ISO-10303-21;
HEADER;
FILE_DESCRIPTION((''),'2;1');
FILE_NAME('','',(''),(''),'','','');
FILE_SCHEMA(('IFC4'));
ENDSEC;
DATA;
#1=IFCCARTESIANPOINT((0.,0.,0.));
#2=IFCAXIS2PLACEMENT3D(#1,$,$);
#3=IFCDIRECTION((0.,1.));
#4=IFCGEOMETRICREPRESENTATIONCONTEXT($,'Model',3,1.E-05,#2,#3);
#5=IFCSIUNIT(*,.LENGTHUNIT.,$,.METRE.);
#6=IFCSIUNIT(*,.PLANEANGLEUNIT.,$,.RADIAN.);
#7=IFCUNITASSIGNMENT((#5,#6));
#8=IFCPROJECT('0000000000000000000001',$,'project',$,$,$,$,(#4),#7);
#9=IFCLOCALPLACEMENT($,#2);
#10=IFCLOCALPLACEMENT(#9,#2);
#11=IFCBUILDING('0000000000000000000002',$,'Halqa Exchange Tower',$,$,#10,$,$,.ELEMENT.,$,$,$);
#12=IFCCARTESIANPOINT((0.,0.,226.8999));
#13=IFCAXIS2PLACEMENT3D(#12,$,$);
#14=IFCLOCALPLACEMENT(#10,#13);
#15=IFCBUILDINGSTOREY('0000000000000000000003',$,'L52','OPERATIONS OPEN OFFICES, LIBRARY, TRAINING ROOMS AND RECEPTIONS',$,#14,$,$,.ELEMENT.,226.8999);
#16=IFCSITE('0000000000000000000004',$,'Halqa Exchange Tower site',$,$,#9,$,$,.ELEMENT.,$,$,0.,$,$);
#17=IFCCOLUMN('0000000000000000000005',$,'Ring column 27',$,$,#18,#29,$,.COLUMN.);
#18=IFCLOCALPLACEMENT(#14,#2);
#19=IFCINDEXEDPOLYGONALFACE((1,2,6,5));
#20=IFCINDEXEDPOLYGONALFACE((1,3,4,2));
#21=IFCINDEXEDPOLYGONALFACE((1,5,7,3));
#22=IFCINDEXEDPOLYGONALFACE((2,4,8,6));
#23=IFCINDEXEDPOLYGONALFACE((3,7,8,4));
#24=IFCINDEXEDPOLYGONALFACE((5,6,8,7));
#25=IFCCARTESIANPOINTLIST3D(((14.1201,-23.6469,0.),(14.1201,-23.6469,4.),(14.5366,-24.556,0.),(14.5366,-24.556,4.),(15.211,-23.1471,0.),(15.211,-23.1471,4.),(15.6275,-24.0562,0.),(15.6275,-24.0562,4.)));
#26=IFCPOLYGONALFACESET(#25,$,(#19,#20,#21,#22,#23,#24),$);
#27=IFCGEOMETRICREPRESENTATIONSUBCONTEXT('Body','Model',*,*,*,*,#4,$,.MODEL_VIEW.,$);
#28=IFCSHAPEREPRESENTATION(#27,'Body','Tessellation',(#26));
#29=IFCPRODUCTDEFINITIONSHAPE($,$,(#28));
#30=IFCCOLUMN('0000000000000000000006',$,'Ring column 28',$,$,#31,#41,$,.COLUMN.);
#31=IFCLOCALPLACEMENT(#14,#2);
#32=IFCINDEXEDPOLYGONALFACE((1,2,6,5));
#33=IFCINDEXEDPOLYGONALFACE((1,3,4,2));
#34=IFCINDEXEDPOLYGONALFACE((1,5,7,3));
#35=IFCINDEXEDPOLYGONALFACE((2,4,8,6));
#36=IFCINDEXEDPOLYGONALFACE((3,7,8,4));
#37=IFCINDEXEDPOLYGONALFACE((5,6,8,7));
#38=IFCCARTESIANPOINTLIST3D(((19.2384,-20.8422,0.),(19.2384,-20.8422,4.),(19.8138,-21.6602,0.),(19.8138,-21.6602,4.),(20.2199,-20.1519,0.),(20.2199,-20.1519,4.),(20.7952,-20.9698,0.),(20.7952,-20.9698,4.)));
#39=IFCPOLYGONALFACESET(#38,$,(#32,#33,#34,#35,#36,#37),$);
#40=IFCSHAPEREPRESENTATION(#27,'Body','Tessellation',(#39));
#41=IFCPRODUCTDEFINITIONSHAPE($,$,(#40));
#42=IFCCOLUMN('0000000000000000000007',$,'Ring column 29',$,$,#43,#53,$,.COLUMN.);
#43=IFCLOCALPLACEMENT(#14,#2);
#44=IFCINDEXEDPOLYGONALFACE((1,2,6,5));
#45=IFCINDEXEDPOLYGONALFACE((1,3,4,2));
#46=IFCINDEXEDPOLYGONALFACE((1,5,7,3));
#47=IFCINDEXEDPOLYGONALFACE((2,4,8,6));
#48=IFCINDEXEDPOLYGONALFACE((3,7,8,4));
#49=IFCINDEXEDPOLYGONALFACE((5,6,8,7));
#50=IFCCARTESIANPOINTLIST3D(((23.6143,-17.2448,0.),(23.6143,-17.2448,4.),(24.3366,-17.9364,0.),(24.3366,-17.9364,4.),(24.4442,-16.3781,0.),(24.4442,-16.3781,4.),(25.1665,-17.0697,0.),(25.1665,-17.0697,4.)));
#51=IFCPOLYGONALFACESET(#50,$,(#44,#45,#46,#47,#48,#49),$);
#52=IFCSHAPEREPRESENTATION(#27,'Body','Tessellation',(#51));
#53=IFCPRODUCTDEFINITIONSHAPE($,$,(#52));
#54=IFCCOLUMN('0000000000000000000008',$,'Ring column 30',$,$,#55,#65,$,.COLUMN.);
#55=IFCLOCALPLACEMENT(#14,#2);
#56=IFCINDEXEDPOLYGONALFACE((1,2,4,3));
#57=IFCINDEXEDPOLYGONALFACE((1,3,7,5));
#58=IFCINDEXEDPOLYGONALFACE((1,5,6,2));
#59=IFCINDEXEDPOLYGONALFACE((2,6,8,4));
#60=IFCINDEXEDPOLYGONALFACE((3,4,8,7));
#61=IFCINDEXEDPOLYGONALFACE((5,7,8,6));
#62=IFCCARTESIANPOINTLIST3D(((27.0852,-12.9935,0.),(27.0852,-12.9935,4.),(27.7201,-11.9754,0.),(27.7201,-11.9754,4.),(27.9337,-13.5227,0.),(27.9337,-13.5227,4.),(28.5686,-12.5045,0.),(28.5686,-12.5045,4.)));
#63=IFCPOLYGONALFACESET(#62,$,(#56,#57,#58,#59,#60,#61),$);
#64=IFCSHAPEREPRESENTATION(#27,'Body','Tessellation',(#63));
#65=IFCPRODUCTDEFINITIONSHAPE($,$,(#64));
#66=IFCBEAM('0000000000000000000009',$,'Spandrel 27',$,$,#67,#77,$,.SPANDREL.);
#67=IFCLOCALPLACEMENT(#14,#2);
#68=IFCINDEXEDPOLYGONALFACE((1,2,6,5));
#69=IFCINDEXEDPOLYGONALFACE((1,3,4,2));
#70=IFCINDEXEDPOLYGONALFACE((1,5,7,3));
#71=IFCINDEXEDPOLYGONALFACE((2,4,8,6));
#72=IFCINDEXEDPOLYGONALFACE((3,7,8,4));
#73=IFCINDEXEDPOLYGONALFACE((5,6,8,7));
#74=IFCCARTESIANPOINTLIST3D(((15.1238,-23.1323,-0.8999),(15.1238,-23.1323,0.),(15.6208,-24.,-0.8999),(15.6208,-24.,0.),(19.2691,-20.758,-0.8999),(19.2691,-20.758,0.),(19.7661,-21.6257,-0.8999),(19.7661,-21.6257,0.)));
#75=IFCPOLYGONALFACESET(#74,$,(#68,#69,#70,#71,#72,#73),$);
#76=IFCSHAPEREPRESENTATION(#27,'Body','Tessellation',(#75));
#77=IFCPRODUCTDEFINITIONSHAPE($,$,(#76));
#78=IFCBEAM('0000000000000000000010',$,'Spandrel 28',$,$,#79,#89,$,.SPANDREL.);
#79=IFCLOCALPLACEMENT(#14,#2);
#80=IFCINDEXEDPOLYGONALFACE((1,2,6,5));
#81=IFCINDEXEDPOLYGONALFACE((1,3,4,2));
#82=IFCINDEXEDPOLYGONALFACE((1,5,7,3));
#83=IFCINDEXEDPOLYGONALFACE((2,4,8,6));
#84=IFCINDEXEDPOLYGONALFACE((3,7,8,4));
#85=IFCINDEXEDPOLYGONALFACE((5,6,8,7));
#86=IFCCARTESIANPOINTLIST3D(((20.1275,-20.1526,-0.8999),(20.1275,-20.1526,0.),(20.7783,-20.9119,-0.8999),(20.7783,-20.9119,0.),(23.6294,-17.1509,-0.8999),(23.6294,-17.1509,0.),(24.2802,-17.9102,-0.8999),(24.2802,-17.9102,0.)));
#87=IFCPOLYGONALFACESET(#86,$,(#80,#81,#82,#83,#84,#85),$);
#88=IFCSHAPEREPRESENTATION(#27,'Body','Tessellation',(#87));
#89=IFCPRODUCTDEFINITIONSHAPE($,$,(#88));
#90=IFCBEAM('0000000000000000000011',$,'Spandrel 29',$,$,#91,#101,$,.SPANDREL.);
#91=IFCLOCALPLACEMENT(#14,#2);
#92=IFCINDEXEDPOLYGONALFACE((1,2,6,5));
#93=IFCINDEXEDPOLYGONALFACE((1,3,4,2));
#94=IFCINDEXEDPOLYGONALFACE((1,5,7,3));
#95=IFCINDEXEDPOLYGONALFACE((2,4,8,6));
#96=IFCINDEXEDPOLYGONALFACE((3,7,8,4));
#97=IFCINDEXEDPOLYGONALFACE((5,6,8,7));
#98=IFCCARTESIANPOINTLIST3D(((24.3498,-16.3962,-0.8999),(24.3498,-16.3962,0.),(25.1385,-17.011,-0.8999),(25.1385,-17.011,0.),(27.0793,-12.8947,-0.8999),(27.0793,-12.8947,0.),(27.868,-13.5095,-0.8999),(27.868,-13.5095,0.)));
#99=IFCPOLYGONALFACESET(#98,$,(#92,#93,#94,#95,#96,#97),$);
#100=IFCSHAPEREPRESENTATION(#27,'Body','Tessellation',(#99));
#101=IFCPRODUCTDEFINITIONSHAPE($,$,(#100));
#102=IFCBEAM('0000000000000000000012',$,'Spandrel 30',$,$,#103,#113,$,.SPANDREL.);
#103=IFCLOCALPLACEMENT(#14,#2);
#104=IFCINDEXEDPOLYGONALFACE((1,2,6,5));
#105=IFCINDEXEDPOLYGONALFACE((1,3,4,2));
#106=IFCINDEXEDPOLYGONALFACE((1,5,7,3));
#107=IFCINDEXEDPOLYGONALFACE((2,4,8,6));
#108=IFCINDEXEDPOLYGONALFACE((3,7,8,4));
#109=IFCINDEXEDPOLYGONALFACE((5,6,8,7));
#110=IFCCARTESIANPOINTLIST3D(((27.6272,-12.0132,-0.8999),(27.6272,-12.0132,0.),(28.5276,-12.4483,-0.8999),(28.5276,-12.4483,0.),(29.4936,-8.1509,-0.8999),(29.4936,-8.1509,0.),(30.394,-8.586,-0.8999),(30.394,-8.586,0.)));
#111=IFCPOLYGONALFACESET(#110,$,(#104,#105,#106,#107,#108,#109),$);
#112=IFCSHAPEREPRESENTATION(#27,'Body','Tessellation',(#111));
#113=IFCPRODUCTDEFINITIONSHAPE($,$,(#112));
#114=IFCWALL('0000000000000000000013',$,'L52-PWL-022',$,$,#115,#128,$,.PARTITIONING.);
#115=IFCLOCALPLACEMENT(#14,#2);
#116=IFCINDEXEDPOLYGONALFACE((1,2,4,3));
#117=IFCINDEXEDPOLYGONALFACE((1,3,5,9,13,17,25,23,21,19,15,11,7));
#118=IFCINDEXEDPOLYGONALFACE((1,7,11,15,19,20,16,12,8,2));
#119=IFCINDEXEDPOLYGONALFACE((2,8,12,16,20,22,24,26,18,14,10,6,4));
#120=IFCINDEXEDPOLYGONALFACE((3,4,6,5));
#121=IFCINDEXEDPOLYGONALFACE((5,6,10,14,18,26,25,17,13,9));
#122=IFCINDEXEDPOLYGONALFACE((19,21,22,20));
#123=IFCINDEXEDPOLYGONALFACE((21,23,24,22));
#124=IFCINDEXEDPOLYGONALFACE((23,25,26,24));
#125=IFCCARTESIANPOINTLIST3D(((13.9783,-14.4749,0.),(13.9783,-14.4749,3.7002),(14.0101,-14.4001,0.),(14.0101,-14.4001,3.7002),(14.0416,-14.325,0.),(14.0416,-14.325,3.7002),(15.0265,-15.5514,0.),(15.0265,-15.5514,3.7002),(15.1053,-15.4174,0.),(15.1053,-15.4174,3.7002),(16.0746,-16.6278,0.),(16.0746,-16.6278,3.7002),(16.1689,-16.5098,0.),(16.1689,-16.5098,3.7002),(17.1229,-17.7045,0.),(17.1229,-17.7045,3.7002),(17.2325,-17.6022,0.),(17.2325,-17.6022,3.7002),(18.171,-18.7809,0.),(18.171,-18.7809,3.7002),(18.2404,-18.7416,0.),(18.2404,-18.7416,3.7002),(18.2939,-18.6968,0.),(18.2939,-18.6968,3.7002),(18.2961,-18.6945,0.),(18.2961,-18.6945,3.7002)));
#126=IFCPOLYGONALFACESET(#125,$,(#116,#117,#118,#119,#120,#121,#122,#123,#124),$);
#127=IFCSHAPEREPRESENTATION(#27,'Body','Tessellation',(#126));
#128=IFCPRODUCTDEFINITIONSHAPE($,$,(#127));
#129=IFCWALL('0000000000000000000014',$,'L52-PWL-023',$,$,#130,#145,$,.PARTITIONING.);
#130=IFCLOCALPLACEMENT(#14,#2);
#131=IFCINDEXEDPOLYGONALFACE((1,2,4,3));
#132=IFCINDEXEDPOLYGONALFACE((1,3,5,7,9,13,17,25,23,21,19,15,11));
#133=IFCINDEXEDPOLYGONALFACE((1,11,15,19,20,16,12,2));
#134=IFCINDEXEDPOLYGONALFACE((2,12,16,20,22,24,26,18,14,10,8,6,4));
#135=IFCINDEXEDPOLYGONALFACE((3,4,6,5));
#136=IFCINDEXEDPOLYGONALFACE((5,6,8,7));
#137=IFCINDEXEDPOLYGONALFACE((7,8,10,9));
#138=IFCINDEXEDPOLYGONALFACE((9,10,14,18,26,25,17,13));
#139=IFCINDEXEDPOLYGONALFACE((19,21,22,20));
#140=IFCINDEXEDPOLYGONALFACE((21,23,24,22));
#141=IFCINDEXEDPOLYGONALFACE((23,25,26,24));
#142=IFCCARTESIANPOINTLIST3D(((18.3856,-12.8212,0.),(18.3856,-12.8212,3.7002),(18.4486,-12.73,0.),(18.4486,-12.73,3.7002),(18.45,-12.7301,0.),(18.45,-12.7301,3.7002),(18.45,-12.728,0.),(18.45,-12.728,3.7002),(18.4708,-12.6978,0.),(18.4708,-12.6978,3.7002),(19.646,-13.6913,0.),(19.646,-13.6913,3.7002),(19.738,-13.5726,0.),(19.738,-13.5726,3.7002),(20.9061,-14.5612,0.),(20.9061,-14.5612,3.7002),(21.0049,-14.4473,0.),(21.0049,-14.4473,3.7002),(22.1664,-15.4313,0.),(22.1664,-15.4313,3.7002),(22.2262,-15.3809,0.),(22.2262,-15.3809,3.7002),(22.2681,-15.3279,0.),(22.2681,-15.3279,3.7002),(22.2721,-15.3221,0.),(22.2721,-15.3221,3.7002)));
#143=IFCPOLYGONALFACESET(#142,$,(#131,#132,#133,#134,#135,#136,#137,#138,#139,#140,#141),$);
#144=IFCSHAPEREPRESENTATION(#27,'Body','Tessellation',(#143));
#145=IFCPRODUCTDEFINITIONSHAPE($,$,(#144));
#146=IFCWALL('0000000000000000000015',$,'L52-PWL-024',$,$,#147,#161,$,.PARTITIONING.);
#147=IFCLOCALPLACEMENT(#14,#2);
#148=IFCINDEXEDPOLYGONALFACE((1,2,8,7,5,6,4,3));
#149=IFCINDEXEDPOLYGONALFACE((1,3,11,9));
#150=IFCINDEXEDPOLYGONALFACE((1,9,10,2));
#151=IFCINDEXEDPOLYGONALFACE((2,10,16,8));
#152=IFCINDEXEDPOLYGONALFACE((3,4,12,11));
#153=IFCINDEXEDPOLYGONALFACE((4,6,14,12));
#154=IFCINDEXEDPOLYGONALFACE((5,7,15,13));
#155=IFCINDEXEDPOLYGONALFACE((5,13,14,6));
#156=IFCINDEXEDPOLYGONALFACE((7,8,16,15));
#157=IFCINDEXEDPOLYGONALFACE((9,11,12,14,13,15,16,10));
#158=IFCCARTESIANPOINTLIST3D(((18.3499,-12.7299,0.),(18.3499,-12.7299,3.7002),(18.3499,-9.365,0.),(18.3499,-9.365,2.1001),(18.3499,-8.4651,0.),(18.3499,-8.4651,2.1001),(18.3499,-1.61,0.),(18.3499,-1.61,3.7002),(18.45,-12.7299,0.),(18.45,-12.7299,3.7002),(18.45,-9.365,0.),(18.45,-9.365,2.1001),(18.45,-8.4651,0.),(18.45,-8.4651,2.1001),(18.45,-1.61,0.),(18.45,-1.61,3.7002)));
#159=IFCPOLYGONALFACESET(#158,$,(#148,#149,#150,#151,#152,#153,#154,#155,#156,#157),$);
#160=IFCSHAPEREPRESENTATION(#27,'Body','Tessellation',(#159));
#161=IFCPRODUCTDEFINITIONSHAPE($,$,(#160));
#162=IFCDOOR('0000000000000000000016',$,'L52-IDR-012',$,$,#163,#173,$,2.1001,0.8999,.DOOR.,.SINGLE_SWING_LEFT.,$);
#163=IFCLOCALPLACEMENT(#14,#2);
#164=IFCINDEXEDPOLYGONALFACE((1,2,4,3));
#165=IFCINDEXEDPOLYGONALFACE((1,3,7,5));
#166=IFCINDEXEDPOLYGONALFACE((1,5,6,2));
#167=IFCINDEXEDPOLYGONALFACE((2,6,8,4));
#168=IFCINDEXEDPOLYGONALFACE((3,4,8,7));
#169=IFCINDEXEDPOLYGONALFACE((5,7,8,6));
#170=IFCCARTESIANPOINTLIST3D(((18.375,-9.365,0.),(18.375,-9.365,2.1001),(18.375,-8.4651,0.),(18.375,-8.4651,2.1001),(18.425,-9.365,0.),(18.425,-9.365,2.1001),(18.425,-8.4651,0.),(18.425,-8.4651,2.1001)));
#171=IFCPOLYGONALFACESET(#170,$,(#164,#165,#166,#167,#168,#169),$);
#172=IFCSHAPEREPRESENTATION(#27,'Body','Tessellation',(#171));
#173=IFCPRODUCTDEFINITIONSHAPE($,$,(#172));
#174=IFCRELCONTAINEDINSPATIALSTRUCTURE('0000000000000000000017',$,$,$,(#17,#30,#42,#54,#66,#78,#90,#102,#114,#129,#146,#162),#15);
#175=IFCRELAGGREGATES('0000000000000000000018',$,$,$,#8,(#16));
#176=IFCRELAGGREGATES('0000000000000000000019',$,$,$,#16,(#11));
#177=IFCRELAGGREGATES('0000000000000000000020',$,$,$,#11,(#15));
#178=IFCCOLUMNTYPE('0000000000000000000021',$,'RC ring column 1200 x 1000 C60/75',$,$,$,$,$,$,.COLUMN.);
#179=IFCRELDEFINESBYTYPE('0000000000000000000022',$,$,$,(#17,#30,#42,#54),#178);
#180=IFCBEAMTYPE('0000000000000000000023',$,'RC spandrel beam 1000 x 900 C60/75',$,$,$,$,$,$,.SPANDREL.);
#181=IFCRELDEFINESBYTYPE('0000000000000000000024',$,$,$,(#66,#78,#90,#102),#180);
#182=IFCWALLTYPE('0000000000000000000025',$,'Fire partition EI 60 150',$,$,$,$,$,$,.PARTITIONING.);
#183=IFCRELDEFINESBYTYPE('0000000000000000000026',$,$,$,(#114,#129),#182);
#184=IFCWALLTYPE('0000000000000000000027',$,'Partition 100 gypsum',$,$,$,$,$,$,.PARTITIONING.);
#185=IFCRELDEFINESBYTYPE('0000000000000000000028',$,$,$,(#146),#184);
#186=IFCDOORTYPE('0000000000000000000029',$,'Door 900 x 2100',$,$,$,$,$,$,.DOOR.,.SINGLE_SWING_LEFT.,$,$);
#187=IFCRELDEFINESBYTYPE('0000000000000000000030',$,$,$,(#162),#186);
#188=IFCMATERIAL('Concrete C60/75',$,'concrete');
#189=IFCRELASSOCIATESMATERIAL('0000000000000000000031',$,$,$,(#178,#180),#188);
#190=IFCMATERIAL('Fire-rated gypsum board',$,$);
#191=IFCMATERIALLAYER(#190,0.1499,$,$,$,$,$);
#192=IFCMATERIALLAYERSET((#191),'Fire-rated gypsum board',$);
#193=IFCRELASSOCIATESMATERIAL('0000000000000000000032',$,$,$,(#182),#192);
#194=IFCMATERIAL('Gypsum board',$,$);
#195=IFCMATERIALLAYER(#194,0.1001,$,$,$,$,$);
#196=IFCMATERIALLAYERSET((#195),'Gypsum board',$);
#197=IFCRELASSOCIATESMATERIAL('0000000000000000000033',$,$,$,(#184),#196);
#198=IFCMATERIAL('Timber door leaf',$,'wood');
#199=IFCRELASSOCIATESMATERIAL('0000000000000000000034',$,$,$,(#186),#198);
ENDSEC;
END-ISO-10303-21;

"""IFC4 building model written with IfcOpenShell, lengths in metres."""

from ifc_helpers import new_model, si_unit, direction, frame, frame_2d, origin, origin_2d, place, context, subcontext, project, spatial, polyline, rectangle, outline, extrude, material, layer, layer_set, material_profile, profile_set, type_object, element, fill, save


model = new_model("IFC4")

# Units and contexts
model_context = context("Model", 3, precision=1e-05, world=origin(), true_north=direction((0.0, 1.0)))
body_context = subcontext(model_context, "Body", "Model", "MODEL_VIEW")
ifc_project = project(units=[si_unit("LENGTHUNIT", "METRE"), si_unit("PLANEANGLEUNIT", "RADIAN")], contexts=[model_context])

# Site, building, storey
site_placement = place(None, origin())
site = spatial("IfcSite", under=ifc_project, at=site_placement, Name="Halqa Exchange Tower site", CompositionType="ELEMENT", RefElevation=0.0)
building_placement = place(site_placement, origin())
building = spatial("IfcBuilding", under=site, at=building_placement, Name="Halqa Exchange Tower", CompositionType="ELEMENT")
storey_placement = place(building_placement, frame((0.0, 0.0, 226.8999)))
storey = spatial("IfcBuildingStorey", under=building, at=storey_placement, Name="L52", Description="OPERATIONS OPEN OFFICES, LIBRARY, TRAINING ROOMS AND RECEPTIONS", CompositionType="ELEMENT", Elevation=226.8999)

# Columns
ifc_material_1 = material(Name="Concrete C60/75", Category="concrete")
ifc_material_profile_1 = material_profile(ifc_material_1, rectangle(XDim=1.2, YDim=1.0, at=origin_2d()), Name="1200 x 1000")
ifc_profile_set_1 = profile_set([ifc_material_profile_1], Name="Concrete C60/75")
column_type = type_object("IfcColumnType", Name="RC ring column 1200 x 1000 C60/75", PredefinedType="COLUMN", material=ifc_profile_set_1)
for number, where, z_axis, x_axis, name in (
    (1, (14.8738, -23.8516, 0.0), (0.0, 0.0, 1.0), (0.909129, 0.416516, 0.0), "Ring column 27"),
    (2, (20.0168, -20.906, 0.0), (0.0, 0.0, 1.0), (0.817909, 0.575348, 0.0), "Ring column 28"),
    (3, (24.3904, -17.1572, 0.0), (0.0, 0.0, 1.0), (0.691576, 0.722304, 0.0), "Ring column 29"),
    (4, (27.8269, -12.749, 0.0), (0.0, 0.0, 1.0), (0.529146, 0.848531, 0.0), "Ring column 30"),
):
    element("IfcColumn", number, at=place(storey_placement, frame(where, z_axis=z_axis, x_axis=x_axis)), inside=storey, type_object=column_type, Name=name, PredefinedType="COLUMN", context=body_context, shape_type="SweptSolid", body=[
        extrude(rectangle(XDim=1.2, YDim=1.0, at=origin_2d()), origin(), (0.0, 0.0, 1.0), 4.0),
    ])

# Beams
ifc_material_profile_2 = material_profile(ifc_material_1, rectangle(XDim=1.0, YDim=0.8999, at=origin_2d()), Name="1000 x 900")
ifc_profile_set_2 = profile_set([ifc_material_profile_2], Name="Concrete C60/75")
beam_type = type_object("IfcBeamType", Name="RC spandrel beam 1000 x 900 C60/75", PredefinedType="SPANDREL", material=ifc_profile_set_2)
beam_1_placement = place(storey_placement, frame((15.3723, -23.5662, -0.45), z_axis=(0.867743, 0.497014, 0.0), x_axis=(-0.497014, 0.867743, 0.0)))
element("IfcBeam", 5, at=beam_1_placement, inside=storey, type_object=beam_type, Name="Spandrel 27", PredefinedType="SPANDREL", context=body_context, shape_type="SweptSolid", body=[
    extrude(rectangle(XDim=1.0, YDim=0.8999, at=origin_2d()), origin(), (0.0, 0.0, 1.0), 4.7771),
])
beam_2_placement = place(storey_placement, frame((20.4529, -20.5322, -0.45), z_axis=(0.759253, 0.650796, 0.0), x_axis=(-0.650796, 0.759253, 0.0)))
element("IfcBeam", 6, at=beam_2_placement, inside=storey, type_object=beam_type, Name="Spandrel 28", PredefinedType="SPANDREL", context=body_context, shape_type="SweptSolid", body=[
    extrude(rectangle(XDim=1.0, YDim=0.8999, at=origin_2d()), origin(), (0.0, 0.0, 1.0), 4.6123),
])
beam_3_placement = place(storey_placement, frame((24.7441, -16.7036, -0.45), z_axis=(0.614801, 0.788683, 0.0), x_axis=(-0.788683, 0.614801, 0.0)))
element("IfcBeam", 7, at=beam_3_placement, inside=storey, type_object=beam_type, Name="Spandrel 29", PredefinedType="SPANDREL", context=body_context, shape_type="SweptSolid", body=[
    extrude(rectangle(XDim=1.0, YDim=0.8999, at=origin_2d()), origin(), (0.0, 0.0, 1.0), 4.4397),
])
beam_4_placement = place(storey_placement, frame((28.0774, -12.2307, -0.45), z_axis=(0.435107, 0.900379, 0.0), x_axis=(-0.900379, 0.435107, 0.0)))
element("IfcBeam", 8, at=beam_4_placement, inside=storey, type_object=beam_type, Name="Spandrel 30", PredefinedType="SPANDREL", context=body_context, shape_type="SweptSolid", body=[
    extrude(rectangle(XDim=1.0, YDim=0.8999, at=origin_2d()), origin(), (0.0, 0.0, 1.0), 4.2896),
])

# Walls
ifc_material_2 = material(Name="Fire-rated gypsum board")
ifc_layer_1 = layer(ifc_material_2, 0.1499)
ifc_layer_set_1 = layer_set([ifc_layer_1], Name="Fire-rated gypsum board")
wall_type_1 = type_object("IfcWallType", Name="Fire partition EI 60 150", PredefinedType="PARTITIONING", material=ifc_layer_set_1)
wall_1_placement = place(storey_placement, frame((18.2424, -18.7468, 0.0), z_axis=(0.0, 0.0, 1.0), x_axis=(-0.697617, 0.716471, 0.0)))
element("IfcWall", 9, at=wall_1_placement, inside=storey, type_object=wall_type_1, Name="L52-PWL-022", PredefinedType="PARTITIONING", context=body_context, shape_type="SweptSolid", body=[
    extrude(outline(polyline([(0.0, -0.075), (1.5247, -0.075), (3.0493, -0.075), (4.574, -0.075), (6.0986, -0.075), (6.0669, 0.0), (6.0354, 0.075), (4.533, 0.075), (3.0305, 0.075), (1.5278, 0.075), (0.0254, 0.075), (0.0051, -0.0022), (0.0, -0.0718), (0.0, -0.075)])), origin(), (0.0, 0.0, 1.0), 3.7002),
])
wall_2_placement = place(storey_placement, frame((18.4282, -12.7595, 0.0), z_axis=(0.0, 0.0, 1.0), x_axis=(0.822939, -0.568129, 0.0)))
element("IfcWall", 10, at=wall_2_placement, inside=storey, type_object=wall_type_1, Name="L52-PWL-023", PredefinedType="PARTITIONING", context=body_context, shape_type="SweptSolid", body=[
    extrude(outline(polyline([(0.0, -0.075), (1.5315, -0.075), (3.0627, -0.075), (4.5942, -0.075), (4.6147, 0.0005), (4.6191, 0.0679), (4.6191, 0.075), (3.0793, 0.075), (1.5398, 0.075), (0.0, 0.075), (0.0, 0.0383), (0.0012, 0.0366), (0.0, 0.0359), (0.0, -0.075)])), origin(), (0.0, 0.0, 1.0), 3.7002),
])

# Wall, opening, door
ifc_material_3 = material(Name="Gypsum board")
ifc_layer_2 = layer(ifc_material_3, 0.1001)
ifc_layer_set_2 = layer_set([ifc_layer_2], Name="Gypsum board")
wall_type_2 = type_object("IfcWallType", Name="Partition 100 gypsum", PredefinedType="PARTITIONING", material=ifc_layer_set_2)
wall_3_placement = place(storey_placement, frame((18.3999, -12.73, 0.0), z_axis=(0.0, 0.0, 1.0), x_axis=(0.0, 1.0, 0.0)))
wall_3 = element("IfcWall", 11, at=wall_3_placement, inside=storey, type_object=wall_type_2, Name="L52-PWL-024", PredefinedType="PARTITIONING", context=body_context, shape_type="SweptSolid", body=[
    extrude(rectangle(XDim=11.1199, YDim=0.1001, at=frame_2d((5.5601, 0.0))), origin(), (0.0, 0.0, 1.0), 3.7002),
])
opening_1_placement = place(wall_3_placement, frame((3.365, 0.0, 0.0)))
opening_1 = element("IfcOpeningElement", 12, at=opening_1_placement, cuts=wall_3, PredefinedType="OPENING", context=body_context, shape_type="SweptSolid", body=[
    extrude(rectangle(XDim=0.8999, YDim=2.1001, at=frame_2d((0.45, 1.05))), frame((0.0, 0.062, 0.0), z_axis=(0.0, -1.0, 0.0), x_axis=(1.0, 0.0, 0.0)), (0.0, 0.0, 1.0), 0.124),
])
ifc_material_4 = material(Name="Timber door leaf", Category="wood")
door_type_1 = type_object("IfcDoorType", Name="Door 900 x 2100", OperationType="SINGLE_SWING_LEFT", PredefinedType="DOOR", material=ifc_material_4)
door_1_placement = place(opening_1_placement, origin())
door_1 = element("IfcDoor", 13, at=door_1_placement, inside=storey, type_object=door_type_1, Name="L52-IDR-012", OperationType="SINGLE_SWING_LEFT", OverallHeight=2.1001, OverallWidth=0.8999, PredefinedType="DOOR", context=body_context, shape_type="SweptSolid", body=[
    extrude(rectangle(XDim=0.8999, YDim=2.1001, at=frame_2d((0.45, 1.05))), frame((0.0, 0.0249, 0.0), z_axis=(0.0, -1.0, 0.0), x_axis=(1.0, 0.0, 0.0)), (0.0, 0.0, 1.0), 0.05),
])
fill(opening_1, door_1)

save(model, "model.ifc")
